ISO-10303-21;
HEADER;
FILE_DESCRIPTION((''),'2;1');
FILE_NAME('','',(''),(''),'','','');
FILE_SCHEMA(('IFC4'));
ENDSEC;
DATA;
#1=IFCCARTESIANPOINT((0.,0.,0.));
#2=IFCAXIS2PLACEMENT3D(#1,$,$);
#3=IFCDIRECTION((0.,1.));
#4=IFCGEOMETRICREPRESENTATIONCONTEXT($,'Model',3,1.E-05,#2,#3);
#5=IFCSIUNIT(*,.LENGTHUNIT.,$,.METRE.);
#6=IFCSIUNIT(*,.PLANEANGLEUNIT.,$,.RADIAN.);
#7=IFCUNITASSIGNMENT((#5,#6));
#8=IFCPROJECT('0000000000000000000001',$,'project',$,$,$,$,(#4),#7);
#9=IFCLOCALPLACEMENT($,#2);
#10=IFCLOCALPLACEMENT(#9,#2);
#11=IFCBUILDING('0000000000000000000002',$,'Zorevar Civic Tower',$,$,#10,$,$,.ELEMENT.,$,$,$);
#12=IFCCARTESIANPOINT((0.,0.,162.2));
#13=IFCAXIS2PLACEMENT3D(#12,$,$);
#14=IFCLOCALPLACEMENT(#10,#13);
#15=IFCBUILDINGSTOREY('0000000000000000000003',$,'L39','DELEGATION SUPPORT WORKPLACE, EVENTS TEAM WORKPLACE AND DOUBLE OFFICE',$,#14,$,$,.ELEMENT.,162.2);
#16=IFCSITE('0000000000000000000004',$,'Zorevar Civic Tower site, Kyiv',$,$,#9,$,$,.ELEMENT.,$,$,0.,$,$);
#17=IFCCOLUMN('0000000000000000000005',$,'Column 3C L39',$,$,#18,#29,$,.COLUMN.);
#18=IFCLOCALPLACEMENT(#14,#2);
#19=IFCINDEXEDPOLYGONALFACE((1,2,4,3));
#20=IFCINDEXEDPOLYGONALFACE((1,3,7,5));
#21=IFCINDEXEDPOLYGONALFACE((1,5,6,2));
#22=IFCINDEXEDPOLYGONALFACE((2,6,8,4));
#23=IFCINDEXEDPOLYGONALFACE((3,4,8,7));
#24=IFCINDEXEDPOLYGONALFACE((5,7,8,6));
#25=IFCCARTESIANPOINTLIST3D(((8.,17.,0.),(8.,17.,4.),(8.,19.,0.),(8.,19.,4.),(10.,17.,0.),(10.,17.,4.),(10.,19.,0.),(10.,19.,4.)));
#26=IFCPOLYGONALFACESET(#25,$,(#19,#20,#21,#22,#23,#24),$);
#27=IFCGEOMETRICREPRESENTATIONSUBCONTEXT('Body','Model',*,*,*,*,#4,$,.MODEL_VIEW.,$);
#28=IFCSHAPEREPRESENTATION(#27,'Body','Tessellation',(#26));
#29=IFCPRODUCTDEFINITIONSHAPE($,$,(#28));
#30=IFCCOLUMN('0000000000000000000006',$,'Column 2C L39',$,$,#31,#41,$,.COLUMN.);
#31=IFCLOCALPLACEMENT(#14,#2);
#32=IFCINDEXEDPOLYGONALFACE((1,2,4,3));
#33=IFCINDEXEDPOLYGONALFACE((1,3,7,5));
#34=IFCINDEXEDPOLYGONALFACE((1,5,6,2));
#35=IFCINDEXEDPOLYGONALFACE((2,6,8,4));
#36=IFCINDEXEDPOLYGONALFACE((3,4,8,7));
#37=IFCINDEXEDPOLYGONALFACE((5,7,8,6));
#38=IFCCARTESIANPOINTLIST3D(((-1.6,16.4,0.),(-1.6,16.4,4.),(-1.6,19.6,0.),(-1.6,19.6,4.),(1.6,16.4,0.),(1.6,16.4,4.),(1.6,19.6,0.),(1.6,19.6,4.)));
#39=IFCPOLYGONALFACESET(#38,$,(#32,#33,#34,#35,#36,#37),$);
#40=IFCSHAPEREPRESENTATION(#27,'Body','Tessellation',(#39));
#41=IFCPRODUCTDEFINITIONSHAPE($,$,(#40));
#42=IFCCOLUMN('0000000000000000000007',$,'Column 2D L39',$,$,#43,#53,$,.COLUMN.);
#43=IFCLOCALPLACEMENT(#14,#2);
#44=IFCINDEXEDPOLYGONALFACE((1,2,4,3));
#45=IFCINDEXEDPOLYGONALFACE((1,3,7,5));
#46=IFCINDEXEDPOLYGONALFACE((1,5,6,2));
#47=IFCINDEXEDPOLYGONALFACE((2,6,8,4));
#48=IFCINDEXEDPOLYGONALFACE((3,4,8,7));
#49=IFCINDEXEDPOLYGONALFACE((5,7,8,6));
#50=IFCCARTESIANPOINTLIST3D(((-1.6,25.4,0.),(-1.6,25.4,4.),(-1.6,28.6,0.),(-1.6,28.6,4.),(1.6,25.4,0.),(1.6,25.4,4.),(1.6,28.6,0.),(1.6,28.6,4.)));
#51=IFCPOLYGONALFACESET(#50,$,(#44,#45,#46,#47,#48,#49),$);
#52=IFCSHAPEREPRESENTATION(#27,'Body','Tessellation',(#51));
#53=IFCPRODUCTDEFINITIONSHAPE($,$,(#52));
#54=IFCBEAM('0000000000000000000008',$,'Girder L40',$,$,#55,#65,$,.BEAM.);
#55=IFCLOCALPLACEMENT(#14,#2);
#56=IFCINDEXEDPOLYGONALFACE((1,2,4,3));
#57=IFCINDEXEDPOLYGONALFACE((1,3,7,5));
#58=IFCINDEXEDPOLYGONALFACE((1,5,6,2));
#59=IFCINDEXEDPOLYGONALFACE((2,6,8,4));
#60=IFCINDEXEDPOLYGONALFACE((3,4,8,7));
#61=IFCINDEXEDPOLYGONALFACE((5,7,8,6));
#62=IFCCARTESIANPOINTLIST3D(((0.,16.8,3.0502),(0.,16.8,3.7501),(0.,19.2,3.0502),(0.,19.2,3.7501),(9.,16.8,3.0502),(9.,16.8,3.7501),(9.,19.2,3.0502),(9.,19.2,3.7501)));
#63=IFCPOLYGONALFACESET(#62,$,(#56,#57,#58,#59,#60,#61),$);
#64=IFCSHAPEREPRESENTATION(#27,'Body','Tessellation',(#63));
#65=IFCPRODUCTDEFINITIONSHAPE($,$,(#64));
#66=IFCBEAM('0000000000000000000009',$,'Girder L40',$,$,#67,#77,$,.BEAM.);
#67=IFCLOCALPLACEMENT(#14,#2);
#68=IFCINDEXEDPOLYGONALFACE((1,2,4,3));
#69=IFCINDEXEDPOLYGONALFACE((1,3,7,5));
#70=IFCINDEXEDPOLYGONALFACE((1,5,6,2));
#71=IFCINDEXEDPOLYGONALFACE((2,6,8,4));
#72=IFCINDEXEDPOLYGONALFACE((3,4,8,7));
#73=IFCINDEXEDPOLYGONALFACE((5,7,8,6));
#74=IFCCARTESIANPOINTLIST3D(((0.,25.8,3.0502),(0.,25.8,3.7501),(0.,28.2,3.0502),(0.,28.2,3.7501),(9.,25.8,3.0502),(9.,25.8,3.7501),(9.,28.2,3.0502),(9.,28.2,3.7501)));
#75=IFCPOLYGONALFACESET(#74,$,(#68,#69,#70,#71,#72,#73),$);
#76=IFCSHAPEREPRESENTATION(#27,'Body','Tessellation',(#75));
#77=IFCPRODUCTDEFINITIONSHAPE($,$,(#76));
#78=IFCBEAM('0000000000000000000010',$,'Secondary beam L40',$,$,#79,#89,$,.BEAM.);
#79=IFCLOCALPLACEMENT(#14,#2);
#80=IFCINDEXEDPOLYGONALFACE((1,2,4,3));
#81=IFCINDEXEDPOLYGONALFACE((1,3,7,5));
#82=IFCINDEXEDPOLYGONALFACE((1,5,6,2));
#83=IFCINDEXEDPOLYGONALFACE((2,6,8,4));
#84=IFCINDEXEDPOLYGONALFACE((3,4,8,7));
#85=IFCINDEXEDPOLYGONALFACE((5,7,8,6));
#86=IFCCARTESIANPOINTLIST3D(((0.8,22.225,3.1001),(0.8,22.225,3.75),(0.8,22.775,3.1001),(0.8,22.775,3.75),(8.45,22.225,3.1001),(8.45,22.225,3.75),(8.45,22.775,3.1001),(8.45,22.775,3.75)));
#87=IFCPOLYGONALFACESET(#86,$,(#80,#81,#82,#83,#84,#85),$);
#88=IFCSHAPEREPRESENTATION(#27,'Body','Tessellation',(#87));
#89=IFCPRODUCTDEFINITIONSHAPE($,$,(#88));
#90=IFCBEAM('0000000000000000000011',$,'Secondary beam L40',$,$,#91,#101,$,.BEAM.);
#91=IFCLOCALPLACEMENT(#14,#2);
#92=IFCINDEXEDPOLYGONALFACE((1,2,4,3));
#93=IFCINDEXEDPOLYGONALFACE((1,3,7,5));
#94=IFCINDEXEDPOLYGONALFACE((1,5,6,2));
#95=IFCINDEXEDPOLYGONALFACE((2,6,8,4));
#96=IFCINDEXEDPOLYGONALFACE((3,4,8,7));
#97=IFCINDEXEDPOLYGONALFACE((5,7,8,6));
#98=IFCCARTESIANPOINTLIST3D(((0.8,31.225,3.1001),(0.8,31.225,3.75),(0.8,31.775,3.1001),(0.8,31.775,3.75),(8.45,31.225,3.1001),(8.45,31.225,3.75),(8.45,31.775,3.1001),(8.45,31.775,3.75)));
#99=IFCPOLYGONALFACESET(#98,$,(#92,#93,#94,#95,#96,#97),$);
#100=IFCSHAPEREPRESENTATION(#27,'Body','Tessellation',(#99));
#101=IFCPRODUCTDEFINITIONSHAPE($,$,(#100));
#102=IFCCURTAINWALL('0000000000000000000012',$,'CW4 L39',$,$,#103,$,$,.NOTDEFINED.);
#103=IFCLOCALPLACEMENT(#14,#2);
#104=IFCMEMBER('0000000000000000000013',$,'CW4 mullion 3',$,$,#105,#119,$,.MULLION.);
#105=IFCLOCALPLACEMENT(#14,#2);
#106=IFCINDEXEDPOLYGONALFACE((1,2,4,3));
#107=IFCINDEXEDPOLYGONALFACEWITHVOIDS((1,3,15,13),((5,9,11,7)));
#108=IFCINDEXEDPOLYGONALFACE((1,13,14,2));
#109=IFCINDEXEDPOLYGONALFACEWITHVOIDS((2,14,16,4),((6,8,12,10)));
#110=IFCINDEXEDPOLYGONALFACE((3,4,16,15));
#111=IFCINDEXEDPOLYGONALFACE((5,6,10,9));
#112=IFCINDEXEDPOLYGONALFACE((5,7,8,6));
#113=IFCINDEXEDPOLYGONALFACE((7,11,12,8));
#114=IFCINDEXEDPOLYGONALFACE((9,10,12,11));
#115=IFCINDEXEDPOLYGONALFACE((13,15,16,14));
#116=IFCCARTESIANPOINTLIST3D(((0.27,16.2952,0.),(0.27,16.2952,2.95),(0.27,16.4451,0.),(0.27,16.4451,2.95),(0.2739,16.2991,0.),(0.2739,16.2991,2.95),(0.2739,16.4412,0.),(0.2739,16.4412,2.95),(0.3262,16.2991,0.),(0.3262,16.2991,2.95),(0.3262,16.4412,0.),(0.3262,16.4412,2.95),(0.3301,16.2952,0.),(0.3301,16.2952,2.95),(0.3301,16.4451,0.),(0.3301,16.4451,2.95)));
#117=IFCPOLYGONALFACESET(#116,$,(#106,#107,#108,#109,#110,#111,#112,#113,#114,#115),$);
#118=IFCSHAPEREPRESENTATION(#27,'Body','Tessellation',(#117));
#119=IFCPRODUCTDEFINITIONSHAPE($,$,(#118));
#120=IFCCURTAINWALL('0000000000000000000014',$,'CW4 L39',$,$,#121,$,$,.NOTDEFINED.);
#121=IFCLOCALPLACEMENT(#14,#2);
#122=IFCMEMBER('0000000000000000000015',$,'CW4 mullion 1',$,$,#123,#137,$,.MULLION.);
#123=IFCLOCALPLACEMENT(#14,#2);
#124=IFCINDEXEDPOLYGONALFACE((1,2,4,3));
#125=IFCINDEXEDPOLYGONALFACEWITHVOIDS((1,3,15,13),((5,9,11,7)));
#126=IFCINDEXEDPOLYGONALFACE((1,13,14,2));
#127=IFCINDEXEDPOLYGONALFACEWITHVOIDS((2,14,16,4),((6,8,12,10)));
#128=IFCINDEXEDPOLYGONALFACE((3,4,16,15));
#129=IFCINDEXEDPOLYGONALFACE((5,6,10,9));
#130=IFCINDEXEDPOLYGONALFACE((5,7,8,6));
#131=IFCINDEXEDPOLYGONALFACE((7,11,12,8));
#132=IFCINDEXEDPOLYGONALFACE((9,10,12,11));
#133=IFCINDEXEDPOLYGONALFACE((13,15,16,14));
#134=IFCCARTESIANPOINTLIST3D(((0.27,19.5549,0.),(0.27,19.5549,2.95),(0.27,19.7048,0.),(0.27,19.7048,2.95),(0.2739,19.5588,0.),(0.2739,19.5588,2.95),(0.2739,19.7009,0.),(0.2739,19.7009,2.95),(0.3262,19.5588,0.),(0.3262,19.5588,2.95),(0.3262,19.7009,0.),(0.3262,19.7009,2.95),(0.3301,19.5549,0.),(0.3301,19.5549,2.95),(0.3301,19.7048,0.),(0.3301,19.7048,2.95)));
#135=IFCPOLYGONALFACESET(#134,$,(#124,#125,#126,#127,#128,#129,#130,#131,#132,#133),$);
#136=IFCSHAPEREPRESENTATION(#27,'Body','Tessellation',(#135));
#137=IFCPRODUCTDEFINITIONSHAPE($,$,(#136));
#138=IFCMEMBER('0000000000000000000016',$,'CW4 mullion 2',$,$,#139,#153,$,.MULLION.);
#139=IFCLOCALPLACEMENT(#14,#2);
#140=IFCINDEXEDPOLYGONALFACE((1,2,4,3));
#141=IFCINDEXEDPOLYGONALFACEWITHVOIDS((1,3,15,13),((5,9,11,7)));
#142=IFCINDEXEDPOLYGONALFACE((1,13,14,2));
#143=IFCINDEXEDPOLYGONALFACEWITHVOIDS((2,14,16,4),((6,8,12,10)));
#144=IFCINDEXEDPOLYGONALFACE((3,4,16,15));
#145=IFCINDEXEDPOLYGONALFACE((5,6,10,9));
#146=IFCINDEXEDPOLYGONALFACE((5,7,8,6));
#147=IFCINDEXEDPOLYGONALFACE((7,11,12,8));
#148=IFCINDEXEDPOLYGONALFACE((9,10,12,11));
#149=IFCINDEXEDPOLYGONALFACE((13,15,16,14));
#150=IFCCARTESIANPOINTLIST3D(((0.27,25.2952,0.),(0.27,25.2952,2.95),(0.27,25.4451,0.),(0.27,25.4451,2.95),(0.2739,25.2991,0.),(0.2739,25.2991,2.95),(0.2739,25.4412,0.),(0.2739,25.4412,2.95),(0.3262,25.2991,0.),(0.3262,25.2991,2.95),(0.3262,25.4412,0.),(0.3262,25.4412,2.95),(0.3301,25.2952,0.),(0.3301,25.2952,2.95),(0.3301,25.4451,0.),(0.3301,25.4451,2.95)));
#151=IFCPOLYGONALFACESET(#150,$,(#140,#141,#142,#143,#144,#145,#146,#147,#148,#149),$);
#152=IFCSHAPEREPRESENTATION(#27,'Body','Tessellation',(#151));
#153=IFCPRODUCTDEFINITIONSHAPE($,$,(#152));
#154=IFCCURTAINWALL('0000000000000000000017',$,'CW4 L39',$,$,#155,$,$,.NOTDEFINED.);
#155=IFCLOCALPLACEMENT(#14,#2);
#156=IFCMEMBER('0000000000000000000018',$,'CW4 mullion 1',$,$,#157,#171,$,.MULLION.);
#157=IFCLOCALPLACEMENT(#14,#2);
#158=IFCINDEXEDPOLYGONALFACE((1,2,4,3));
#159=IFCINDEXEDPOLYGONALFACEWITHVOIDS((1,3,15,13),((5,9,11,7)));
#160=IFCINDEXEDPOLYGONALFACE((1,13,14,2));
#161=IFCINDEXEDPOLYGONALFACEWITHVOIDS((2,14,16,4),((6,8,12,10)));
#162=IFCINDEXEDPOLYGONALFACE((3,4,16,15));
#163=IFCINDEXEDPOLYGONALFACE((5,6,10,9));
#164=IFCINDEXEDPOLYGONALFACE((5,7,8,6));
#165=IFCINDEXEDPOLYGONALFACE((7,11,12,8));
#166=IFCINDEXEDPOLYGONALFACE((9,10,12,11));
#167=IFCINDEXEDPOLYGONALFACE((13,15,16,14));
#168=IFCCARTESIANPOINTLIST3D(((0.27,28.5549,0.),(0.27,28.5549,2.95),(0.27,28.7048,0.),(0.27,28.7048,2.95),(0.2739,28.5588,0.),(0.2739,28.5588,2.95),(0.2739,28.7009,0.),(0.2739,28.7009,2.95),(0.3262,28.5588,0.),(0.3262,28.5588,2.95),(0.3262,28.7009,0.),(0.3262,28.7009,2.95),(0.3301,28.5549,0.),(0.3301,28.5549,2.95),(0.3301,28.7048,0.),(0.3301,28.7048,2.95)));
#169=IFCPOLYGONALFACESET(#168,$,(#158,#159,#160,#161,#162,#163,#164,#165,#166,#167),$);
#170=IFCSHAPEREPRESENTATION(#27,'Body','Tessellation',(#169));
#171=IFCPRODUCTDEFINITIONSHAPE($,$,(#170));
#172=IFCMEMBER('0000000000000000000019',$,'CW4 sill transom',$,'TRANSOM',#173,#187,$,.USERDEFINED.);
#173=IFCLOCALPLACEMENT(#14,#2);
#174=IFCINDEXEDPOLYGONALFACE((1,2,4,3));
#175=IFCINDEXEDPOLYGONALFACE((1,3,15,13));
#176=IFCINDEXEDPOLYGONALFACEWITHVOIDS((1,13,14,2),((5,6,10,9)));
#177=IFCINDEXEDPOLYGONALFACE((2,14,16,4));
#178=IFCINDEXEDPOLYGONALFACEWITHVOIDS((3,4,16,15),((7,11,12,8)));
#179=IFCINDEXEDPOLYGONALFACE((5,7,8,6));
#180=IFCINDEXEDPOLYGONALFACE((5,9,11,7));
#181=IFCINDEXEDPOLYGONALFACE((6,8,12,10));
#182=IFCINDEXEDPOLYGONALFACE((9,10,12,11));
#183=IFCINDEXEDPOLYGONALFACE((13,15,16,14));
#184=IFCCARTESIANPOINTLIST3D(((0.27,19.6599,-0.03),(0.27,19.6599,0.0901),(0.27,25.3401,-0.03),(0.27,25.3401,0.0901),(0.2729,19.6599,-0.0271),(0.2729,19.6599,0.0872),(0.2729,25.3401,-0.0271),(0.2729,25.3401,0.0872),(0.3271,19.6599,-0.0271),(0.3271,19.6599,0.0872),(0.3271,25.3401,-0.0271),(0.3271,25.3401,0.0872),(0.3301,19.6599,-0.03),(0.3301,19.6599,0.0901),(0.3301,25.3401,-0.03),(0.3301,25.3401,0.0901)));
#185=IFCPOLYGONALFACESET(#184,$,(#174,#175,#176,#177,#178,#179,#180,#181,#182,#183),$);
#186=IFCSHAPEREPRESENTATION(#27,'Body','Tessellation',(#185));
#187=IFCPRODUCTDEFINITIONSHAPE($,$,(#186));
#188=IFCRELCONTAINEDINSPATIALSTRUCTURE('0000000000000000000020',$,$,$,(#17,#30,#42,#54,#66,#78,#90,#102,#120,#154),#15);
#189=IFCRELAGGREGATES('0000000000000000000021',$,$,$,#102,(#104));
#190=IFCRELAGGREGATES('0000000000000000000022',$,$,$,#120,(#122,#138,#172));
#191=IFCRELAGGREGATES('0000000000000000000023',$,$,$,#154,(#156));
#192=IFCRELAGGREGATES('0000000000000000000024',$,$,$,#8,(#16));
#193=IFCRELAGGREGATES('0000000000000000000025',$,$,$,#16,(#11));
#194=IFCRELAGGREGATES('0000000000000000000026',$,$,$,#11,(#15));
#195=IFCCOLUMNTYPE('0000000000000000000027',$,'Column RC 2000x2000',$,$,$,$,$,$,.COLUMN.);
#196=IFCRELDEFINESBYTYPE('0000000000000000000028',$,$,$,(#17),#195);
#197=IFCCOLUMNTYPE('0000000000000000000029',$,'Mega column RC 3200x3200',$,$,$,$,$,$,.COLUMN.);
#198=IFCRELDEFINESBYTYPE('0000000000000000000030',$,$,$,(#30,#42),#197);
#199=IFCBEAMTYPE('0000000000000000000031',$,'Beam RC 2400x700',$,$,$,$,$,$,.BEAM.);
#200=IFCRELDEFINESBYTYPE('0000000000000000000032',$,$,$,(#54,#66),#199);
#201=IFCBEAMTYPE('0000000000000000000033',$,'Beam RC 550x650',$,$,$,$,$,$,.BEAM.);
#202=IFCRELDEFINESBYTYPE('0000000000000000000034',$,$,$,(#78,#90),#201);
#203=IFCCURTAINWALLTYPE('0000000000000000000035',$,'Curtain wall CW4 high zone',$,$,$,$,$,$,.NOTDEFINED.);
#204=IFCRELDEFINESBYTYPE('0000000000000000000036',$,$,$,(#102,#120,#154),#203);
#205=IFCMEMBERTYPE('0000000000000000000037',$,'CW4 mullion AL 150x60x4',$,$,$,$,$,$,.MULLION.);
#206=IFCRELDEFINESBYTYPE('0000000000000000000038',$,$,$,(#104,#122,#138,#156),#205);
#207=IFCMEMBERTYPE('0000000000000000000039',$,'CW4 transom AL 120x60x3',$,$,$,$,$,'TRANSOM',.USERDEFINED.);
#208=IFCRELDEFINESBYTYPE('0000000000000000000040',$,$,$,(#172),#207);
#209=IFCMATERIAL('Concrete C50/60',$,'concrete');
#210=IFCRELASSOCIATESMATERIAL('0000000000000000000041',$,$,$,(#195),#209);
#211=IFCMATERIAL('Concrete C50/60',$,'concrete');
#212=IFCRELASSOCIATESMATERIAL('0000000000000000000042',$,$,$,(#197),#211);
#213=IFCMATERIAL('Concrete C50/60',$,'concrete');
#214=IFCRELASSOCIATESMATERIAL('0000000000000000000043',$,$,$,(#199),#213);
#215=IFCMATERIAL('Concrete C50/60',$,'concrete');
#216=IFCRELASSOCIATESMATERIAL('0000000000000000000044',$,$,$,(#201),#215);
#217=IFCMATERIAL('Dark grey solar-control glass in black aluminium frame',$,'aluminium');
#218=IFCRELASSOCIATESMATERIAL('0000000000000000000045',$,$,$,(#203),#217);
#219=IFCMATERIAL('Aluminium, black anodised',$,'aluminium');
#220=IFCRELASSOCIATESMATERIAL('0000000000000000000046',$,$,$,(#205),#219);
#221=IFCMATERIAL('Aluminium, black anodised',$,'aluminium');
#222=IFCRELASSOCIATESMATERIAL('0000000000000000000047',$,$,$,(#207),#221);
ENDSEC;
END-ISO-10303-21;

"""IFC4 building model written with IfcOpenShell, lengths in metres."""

from ifc_helpers import new_model, si_unit, direction, frame, origin, origin_2d, place, context, subcontext, project, spatial, rectangle, hollow_rectangle, extrude, material, material_profile, profile_set, type_object, element, aggregate, save


model = new_model("IFC4")

# Units and contexts
model_context = context("Model", 3, precision=1e-05, world=origin(), true_north=direction((0.0, 1.0)))
body_context = subcontext(model_context, "Body", "Model", "MODEL_VIEW")
ifc_project = project(units=[si_unit("LENGTHUNIT", "METRE"), si_unit("PLANEANGLEUNIT", "RADIAN")], contexts=[model_context])

# Site, building, storey
site_placement = place(None, origin())
site = spatial("IfcSite", under=ifc_project, at=site_placement, Name="Zorevar Civic Tower site, Kyiv", CompositionType="ELEMENT", RefElevation=0.0)
building_placement = place(site_placement, origin())
building = spatial("IfcBuilding", under=site, at=building_placement, Name="Zorevar Civic Tower", CompositionType="ELEMENT")
storey_placement = place(building_placement, frame((0.0, 0.0, 162.2)))
storey = spatial("IfcBuildingStorey", under=building, at=storey_placement, Name="L39", Description="DELEGATION SUPPORT WORKPLACE, EVENTS TEAM WORKPLACE AND DOUBLE OFFICE", CompositionType="ELEMENT", Elevation=162.2)

# Columns
ifc_material_1 = material(Name="Concrete C50/60", Category="concrete")
ifc_material_profile_1 = material_profile(ifc_material_1, rectangle(XDim=2.0, YDim=2.0, at=origin_2d()), Name="RC 2000x2000")
ifc_profile_set_1 = profile_set([ifc_material_profile_1], Name="Concrete C50/60")
column_type_1 = type_object("IfcColumnType", Name="Column RC 2000x2000", PredefinedType="COLUMN", material=ifc_profile_set_1)
column_placement = place(storey_placement, frame((9.0, 18.0, 0.0), z_axis=(0.0, 0.0, 1.0), x_axis=(1.0, 0.0, 0.0)))
element("IfcColumn", 1, at=column_placement, inside=storey, type_object=column_type_1, Name="Column 3C L39", PredefinedType="COLUMN", context=body_context, shape_type="SweptSolid", body=[
    extrude(rectangle(XDim=2.0, YDim=2.0, at=origin_2d()), origin(), (0.0, 0.0, 1.0), 4.0),
])
ifc_material_2 = material(Name="Concrete C50/60", Category="concrete")
ifc_material_profile_2 = material_profile(ifc_material_2, rectangle(XDim=3.2, YDim=3.2, at=origin_2d()), Name="RC 3200x3200")
ifc_profile_set_2 = profile_set([ifc_material_profile_2], Name="Concrete C50/60")
column_type_2 = type_object("IfcColumnType", Name="Mega column RC 3200x3200", PredefinedType="COLUMN", material=ifc_profile_set_2)
for number, where, z_axis, x_axis, name in (
    (2, (0.0, 18.0, 0.0), (0.0, 0.0, 1.0), (1.0, 0.0, 0.0), "Column 2C L39"),
    (3, (0.0, 27.0, 0.0), (0.0, 0.0, 1.0), (1.0, 0.0, 0.0), "Column 2D L39"),
):
    element("IfcColumn", number, at=place(storey_placement, frame(where, z_axis=z_axis, x_axis=x_axis)), inside=storey, type_object=column_type_2, Name=name, PredefinedType="COLUMN", context=body_context, shape_type="SweptSolid", body=[
        extrude(rectangle(XDim=3.2, YDim=3.2, at=origin_2d()), origin(), (0.0, 0.0, 1.0), 4.0),
    ])

# Beams
ifc_material_3 = material(Name="Concrete C50/60", Category="concrete")
ifc_material_profile_3 = material_profile(ifc_material_3, rectangle(XDim=2.3999, YDim=0.7, at=origin_2d()), Name="RC 2400x700")
ifc_profile_set_3 = profile_set([ifc_material_profile_3], Name="Concrete C50/60")
beam_type_1 = type_object("IfcBeamType", Name="Beam RC 2400x700", PredefinedType="BEAM", material=ifc_profile_set_3)
for number, where, z_axis, x_axis, name in (
    (4, (0.0, 18.0, 3.4001), (1.0, 0.0, 0.0), (0.0, 1.0, 0.0), "Girder L40"),
    (5, (0.0, 27.0, 3.4001), (1.0, 0.0, 0.0), (0.0, 1.0, 0.0), "Girder L40"),
):
    element("IfcBeam", number, at=place(storey_placement, frame(where, z_axis=z_axis, x_axis=x_axis)), inside=storey, type_object=beam_type_1, Name=name, PredefinedType="BEAM", context=body_context, shape_type="SweptSolid", body=[
        extrude(rectangle(XDim=2.3999, YDim=0.7, at=origin_2d()), origin(), (0.0, 0.0, 1.0), 9.0),
    ])
ifc_material_4 = material(Name="Concrete C50/60", Category="concrete")
ifc_material_profile_4 = material_profile(ifc_material_4, rectangle(XDim=0.55, YDim=0.6499, at=origin_2d()), Name="RC 550x650")
ifc_profile_set_4 = profile_set([ifc_material_profile_4], Name="Concrete C50/60")
beam_type_2 = type_object("IfcBeamType", Name="Beam RC 550x650", PredefinedType="BEAM", material=ifc_profile_set_4)
for number, where, z_axis, x_axis, name in (
    (6, (0.8, 22.5, 3.425), (1.0, 0.0, 0.0), (0.0, 1.0, 0.0), "Secondary beam L40"),
    (7, (0.8, 31.5, 3.425), (1.0, 0.0, 0.0), (0.0, 1.0, 0.0), "Secondary beam L40"),
):
    element("IfcBeam", number, at=place(storey_placement, frame(where, z_axis=z_axis, x_axis=x_axis)), inside=storey, type_object=beam_type_2, Name=name, PredefinedType="BEAM", context=body_context, shape_type="SweptSolid", body=[
        extrude(rectangle(XDim=0.55, YDim=0.6499, at=origin_2d()), origin(), (0.0, 0.0, 1.0), 7.6499),
    ])

# Curtain wall, member
ifc_material_5 = material(Name="Dark grey solar-control glass in black aluminium frame", Category="aluminium")
curtain_wall_type = type_object("IfcCurtainWallType", Name="Curtain wall CW4 high zone", PredefinedType="NOTDEFINED", material=ifc_material_5)
curtain_wall_1_placement = place(storey_placement, origin())
curtain_wall_1 = element("IfcCurtainWall", 8, at=curtain_wall_1_placement, inside=storey, type_object=curtain_wall_type, Name="CW4 L39", PredefinedType="NOTDEFINED")
ifc_material_6 = material(Name="Aluminium, black anodised", Category="aluminium")
ifc_material_profile_5 = material_profile(ifc_material_6, hollow_rectangle(XDim=0.0601, YDim=0.1499, WallThickness=0.0039, at=origin_2d()), Name="AL 150x60x4")
ifc_profile_set_5 = profile_set([ifc_material_profile_5], Name="Aluminium, black anodised")
member_type_1 = type_object("IfcMemberType", Name="CW4 mullion AL 150x60x4", PredefinedType="MULLION", material=ifc_profile_set_5)
member_1_placement = place(storey_placement, frame((0.3, 16.3701, 0.0), z_axis=(0.0, 0.0, 1.0), x_axis=(-1.0, 0.0, 0.0)))
member_1 = element("IfcMember", 9, at=member_1_placement, type_object=member_type_1, Name="CW4 mullion 3", PredefinedType="MULLION", context=body_context, shape_type="SweptSolid", body=[
    extrude(hollow_rectangle(XDim=0.0601, YDim=0.1499, WallThickness=0.0039, at=origin_2d()), origin(), (0.0, 0.0, 1.0), 2.95),
])

# Curtain wall, members
curtain_wall_2_placement = place(storey_placement, origin())
curtain_wall_2 = element("IfcCurtainWall", 10, at=curtain_wall_2_placement, inside=storey, type_object=curtain_wall_type, Name="CW4 L39", PredefinedType="NOTDEFINED")
member_2_placement = place(storey_placement, frame((0.3, 19.6299, 0.0), z_axis=(0.0, 0.0, 1.0), x_axis=(-1.0, 0.0, 0.0)))
member_2 = element("IfcMember", 11, at=member_2_placement, type_object=member_type_1, Name="CW4 mullion 1", PredefinedType="MULLION", context=body_context, shape_type="SweptSolid", body=[
    extrude(hollow_rectangle(XDim=0.0601, YDim=0.1499, WallThickness=0.0039, at=origin_2d()), origin(), (0.0, 0.0, 1.0), 2.95),
])
member_3_placement = place(storey_placement, frame((0.3, 25.3701, 0.0), z_axis=(0.0, 0.0, 1.0), x_axis=(-1.0, 0.0, 0.0)))
member_3 = element("IfcMember", 12, at=member_3_placement, type_object=member_type_1, Name="CW4 mullion 2", PredefinedType="MULLION", context=body_context, shape_type="SweptSolid", body=[
    extrude(hollow_rectangle(XDim=0.0601, YDim=0.1499, WallThickness=0.0039, at=origin_2d()), origin(), (0.0, 0.0, 1.0), 2.95),
])

# Curtain wall, member
curtain_wall_3_placement = place(storey_placement, origin())
curtain_wall_3 = element("IfcCurtainWall", 13, at=curtain_wall_3_placement, inside=storey, type_object=curtain_wall_type, Name="CW4 L39", PredefinedType="NOTDEFINED")
member_4_placement = place(storey_placement, frame((0.3, 28.6299, 0.0), z_axis=(0.0, 0.0, 1.0), x_axis=(-1.0, 0.0, 0.0)))
member_4 = element("IfcMember", 14, at=member_4_placement, type_object=member_type_1, Name="CW4 mullion 1", PredefinedType="MULLION", context=body_context, shape_type="SweptSolid", body=[
    extrude(hollow_rectangle(XDim=0.0601, YDim=0.1499, WallThickness=0.0039, at=origin_2d()), origin(), (0.0, 0.0, 1.0), 2.95),
])

# Member
ifc_material_7 = material(Name="Aluminium, black anodised", Category="aluminium")
ifc_material_profile_6 = material_profile(ifc_material_7, hollow_rectangle(XDim=0.0601, YDim=0.1201, WallThickness=0.0029, at=origin_2d()), Name="AL 120x60x3")
ifc_profile_set_6 = profile_set([ifc_material_profile_6], Name="Aluminium, black anodised")
member_type_2 = type_object("IfcMemberType", Name="CW4 transom AL 120x60x3", ElementType="TRANSOM", PredefinedType="USERDEFINED", material=ifc_profile_set_6)
member_5_placement = place(storey_placement, frame((0.3, 19.6599, 0.03), z_axis=(0.0, 1.0, 0.0), x_axis=(-1.0, 0.0, 0.0)))
member_5 = element("IfcMember", 15, at=member_5_placement, type_object=member_type_2, Name="CW4 sill transom", ObjectType="TRANSOM", PredefinedType="USERDEFINED", context=body_context, shape_type="SweptSolid", body=[
    extrude(hollow_rectangle(XDim=0.0601, YDim=0.1201, WallThickness=0.0029, at=origin_2d()), origin(), (0.0, 0.0, 1.0), 5.6802),
])

aggregate(curtain_wall_1, [member_1])
aggregate(curtain_wall_2, [member_2, member_3, member_5])
aggregate(curtain_wall_3, [member_4])

save(model, "model.ifc")
